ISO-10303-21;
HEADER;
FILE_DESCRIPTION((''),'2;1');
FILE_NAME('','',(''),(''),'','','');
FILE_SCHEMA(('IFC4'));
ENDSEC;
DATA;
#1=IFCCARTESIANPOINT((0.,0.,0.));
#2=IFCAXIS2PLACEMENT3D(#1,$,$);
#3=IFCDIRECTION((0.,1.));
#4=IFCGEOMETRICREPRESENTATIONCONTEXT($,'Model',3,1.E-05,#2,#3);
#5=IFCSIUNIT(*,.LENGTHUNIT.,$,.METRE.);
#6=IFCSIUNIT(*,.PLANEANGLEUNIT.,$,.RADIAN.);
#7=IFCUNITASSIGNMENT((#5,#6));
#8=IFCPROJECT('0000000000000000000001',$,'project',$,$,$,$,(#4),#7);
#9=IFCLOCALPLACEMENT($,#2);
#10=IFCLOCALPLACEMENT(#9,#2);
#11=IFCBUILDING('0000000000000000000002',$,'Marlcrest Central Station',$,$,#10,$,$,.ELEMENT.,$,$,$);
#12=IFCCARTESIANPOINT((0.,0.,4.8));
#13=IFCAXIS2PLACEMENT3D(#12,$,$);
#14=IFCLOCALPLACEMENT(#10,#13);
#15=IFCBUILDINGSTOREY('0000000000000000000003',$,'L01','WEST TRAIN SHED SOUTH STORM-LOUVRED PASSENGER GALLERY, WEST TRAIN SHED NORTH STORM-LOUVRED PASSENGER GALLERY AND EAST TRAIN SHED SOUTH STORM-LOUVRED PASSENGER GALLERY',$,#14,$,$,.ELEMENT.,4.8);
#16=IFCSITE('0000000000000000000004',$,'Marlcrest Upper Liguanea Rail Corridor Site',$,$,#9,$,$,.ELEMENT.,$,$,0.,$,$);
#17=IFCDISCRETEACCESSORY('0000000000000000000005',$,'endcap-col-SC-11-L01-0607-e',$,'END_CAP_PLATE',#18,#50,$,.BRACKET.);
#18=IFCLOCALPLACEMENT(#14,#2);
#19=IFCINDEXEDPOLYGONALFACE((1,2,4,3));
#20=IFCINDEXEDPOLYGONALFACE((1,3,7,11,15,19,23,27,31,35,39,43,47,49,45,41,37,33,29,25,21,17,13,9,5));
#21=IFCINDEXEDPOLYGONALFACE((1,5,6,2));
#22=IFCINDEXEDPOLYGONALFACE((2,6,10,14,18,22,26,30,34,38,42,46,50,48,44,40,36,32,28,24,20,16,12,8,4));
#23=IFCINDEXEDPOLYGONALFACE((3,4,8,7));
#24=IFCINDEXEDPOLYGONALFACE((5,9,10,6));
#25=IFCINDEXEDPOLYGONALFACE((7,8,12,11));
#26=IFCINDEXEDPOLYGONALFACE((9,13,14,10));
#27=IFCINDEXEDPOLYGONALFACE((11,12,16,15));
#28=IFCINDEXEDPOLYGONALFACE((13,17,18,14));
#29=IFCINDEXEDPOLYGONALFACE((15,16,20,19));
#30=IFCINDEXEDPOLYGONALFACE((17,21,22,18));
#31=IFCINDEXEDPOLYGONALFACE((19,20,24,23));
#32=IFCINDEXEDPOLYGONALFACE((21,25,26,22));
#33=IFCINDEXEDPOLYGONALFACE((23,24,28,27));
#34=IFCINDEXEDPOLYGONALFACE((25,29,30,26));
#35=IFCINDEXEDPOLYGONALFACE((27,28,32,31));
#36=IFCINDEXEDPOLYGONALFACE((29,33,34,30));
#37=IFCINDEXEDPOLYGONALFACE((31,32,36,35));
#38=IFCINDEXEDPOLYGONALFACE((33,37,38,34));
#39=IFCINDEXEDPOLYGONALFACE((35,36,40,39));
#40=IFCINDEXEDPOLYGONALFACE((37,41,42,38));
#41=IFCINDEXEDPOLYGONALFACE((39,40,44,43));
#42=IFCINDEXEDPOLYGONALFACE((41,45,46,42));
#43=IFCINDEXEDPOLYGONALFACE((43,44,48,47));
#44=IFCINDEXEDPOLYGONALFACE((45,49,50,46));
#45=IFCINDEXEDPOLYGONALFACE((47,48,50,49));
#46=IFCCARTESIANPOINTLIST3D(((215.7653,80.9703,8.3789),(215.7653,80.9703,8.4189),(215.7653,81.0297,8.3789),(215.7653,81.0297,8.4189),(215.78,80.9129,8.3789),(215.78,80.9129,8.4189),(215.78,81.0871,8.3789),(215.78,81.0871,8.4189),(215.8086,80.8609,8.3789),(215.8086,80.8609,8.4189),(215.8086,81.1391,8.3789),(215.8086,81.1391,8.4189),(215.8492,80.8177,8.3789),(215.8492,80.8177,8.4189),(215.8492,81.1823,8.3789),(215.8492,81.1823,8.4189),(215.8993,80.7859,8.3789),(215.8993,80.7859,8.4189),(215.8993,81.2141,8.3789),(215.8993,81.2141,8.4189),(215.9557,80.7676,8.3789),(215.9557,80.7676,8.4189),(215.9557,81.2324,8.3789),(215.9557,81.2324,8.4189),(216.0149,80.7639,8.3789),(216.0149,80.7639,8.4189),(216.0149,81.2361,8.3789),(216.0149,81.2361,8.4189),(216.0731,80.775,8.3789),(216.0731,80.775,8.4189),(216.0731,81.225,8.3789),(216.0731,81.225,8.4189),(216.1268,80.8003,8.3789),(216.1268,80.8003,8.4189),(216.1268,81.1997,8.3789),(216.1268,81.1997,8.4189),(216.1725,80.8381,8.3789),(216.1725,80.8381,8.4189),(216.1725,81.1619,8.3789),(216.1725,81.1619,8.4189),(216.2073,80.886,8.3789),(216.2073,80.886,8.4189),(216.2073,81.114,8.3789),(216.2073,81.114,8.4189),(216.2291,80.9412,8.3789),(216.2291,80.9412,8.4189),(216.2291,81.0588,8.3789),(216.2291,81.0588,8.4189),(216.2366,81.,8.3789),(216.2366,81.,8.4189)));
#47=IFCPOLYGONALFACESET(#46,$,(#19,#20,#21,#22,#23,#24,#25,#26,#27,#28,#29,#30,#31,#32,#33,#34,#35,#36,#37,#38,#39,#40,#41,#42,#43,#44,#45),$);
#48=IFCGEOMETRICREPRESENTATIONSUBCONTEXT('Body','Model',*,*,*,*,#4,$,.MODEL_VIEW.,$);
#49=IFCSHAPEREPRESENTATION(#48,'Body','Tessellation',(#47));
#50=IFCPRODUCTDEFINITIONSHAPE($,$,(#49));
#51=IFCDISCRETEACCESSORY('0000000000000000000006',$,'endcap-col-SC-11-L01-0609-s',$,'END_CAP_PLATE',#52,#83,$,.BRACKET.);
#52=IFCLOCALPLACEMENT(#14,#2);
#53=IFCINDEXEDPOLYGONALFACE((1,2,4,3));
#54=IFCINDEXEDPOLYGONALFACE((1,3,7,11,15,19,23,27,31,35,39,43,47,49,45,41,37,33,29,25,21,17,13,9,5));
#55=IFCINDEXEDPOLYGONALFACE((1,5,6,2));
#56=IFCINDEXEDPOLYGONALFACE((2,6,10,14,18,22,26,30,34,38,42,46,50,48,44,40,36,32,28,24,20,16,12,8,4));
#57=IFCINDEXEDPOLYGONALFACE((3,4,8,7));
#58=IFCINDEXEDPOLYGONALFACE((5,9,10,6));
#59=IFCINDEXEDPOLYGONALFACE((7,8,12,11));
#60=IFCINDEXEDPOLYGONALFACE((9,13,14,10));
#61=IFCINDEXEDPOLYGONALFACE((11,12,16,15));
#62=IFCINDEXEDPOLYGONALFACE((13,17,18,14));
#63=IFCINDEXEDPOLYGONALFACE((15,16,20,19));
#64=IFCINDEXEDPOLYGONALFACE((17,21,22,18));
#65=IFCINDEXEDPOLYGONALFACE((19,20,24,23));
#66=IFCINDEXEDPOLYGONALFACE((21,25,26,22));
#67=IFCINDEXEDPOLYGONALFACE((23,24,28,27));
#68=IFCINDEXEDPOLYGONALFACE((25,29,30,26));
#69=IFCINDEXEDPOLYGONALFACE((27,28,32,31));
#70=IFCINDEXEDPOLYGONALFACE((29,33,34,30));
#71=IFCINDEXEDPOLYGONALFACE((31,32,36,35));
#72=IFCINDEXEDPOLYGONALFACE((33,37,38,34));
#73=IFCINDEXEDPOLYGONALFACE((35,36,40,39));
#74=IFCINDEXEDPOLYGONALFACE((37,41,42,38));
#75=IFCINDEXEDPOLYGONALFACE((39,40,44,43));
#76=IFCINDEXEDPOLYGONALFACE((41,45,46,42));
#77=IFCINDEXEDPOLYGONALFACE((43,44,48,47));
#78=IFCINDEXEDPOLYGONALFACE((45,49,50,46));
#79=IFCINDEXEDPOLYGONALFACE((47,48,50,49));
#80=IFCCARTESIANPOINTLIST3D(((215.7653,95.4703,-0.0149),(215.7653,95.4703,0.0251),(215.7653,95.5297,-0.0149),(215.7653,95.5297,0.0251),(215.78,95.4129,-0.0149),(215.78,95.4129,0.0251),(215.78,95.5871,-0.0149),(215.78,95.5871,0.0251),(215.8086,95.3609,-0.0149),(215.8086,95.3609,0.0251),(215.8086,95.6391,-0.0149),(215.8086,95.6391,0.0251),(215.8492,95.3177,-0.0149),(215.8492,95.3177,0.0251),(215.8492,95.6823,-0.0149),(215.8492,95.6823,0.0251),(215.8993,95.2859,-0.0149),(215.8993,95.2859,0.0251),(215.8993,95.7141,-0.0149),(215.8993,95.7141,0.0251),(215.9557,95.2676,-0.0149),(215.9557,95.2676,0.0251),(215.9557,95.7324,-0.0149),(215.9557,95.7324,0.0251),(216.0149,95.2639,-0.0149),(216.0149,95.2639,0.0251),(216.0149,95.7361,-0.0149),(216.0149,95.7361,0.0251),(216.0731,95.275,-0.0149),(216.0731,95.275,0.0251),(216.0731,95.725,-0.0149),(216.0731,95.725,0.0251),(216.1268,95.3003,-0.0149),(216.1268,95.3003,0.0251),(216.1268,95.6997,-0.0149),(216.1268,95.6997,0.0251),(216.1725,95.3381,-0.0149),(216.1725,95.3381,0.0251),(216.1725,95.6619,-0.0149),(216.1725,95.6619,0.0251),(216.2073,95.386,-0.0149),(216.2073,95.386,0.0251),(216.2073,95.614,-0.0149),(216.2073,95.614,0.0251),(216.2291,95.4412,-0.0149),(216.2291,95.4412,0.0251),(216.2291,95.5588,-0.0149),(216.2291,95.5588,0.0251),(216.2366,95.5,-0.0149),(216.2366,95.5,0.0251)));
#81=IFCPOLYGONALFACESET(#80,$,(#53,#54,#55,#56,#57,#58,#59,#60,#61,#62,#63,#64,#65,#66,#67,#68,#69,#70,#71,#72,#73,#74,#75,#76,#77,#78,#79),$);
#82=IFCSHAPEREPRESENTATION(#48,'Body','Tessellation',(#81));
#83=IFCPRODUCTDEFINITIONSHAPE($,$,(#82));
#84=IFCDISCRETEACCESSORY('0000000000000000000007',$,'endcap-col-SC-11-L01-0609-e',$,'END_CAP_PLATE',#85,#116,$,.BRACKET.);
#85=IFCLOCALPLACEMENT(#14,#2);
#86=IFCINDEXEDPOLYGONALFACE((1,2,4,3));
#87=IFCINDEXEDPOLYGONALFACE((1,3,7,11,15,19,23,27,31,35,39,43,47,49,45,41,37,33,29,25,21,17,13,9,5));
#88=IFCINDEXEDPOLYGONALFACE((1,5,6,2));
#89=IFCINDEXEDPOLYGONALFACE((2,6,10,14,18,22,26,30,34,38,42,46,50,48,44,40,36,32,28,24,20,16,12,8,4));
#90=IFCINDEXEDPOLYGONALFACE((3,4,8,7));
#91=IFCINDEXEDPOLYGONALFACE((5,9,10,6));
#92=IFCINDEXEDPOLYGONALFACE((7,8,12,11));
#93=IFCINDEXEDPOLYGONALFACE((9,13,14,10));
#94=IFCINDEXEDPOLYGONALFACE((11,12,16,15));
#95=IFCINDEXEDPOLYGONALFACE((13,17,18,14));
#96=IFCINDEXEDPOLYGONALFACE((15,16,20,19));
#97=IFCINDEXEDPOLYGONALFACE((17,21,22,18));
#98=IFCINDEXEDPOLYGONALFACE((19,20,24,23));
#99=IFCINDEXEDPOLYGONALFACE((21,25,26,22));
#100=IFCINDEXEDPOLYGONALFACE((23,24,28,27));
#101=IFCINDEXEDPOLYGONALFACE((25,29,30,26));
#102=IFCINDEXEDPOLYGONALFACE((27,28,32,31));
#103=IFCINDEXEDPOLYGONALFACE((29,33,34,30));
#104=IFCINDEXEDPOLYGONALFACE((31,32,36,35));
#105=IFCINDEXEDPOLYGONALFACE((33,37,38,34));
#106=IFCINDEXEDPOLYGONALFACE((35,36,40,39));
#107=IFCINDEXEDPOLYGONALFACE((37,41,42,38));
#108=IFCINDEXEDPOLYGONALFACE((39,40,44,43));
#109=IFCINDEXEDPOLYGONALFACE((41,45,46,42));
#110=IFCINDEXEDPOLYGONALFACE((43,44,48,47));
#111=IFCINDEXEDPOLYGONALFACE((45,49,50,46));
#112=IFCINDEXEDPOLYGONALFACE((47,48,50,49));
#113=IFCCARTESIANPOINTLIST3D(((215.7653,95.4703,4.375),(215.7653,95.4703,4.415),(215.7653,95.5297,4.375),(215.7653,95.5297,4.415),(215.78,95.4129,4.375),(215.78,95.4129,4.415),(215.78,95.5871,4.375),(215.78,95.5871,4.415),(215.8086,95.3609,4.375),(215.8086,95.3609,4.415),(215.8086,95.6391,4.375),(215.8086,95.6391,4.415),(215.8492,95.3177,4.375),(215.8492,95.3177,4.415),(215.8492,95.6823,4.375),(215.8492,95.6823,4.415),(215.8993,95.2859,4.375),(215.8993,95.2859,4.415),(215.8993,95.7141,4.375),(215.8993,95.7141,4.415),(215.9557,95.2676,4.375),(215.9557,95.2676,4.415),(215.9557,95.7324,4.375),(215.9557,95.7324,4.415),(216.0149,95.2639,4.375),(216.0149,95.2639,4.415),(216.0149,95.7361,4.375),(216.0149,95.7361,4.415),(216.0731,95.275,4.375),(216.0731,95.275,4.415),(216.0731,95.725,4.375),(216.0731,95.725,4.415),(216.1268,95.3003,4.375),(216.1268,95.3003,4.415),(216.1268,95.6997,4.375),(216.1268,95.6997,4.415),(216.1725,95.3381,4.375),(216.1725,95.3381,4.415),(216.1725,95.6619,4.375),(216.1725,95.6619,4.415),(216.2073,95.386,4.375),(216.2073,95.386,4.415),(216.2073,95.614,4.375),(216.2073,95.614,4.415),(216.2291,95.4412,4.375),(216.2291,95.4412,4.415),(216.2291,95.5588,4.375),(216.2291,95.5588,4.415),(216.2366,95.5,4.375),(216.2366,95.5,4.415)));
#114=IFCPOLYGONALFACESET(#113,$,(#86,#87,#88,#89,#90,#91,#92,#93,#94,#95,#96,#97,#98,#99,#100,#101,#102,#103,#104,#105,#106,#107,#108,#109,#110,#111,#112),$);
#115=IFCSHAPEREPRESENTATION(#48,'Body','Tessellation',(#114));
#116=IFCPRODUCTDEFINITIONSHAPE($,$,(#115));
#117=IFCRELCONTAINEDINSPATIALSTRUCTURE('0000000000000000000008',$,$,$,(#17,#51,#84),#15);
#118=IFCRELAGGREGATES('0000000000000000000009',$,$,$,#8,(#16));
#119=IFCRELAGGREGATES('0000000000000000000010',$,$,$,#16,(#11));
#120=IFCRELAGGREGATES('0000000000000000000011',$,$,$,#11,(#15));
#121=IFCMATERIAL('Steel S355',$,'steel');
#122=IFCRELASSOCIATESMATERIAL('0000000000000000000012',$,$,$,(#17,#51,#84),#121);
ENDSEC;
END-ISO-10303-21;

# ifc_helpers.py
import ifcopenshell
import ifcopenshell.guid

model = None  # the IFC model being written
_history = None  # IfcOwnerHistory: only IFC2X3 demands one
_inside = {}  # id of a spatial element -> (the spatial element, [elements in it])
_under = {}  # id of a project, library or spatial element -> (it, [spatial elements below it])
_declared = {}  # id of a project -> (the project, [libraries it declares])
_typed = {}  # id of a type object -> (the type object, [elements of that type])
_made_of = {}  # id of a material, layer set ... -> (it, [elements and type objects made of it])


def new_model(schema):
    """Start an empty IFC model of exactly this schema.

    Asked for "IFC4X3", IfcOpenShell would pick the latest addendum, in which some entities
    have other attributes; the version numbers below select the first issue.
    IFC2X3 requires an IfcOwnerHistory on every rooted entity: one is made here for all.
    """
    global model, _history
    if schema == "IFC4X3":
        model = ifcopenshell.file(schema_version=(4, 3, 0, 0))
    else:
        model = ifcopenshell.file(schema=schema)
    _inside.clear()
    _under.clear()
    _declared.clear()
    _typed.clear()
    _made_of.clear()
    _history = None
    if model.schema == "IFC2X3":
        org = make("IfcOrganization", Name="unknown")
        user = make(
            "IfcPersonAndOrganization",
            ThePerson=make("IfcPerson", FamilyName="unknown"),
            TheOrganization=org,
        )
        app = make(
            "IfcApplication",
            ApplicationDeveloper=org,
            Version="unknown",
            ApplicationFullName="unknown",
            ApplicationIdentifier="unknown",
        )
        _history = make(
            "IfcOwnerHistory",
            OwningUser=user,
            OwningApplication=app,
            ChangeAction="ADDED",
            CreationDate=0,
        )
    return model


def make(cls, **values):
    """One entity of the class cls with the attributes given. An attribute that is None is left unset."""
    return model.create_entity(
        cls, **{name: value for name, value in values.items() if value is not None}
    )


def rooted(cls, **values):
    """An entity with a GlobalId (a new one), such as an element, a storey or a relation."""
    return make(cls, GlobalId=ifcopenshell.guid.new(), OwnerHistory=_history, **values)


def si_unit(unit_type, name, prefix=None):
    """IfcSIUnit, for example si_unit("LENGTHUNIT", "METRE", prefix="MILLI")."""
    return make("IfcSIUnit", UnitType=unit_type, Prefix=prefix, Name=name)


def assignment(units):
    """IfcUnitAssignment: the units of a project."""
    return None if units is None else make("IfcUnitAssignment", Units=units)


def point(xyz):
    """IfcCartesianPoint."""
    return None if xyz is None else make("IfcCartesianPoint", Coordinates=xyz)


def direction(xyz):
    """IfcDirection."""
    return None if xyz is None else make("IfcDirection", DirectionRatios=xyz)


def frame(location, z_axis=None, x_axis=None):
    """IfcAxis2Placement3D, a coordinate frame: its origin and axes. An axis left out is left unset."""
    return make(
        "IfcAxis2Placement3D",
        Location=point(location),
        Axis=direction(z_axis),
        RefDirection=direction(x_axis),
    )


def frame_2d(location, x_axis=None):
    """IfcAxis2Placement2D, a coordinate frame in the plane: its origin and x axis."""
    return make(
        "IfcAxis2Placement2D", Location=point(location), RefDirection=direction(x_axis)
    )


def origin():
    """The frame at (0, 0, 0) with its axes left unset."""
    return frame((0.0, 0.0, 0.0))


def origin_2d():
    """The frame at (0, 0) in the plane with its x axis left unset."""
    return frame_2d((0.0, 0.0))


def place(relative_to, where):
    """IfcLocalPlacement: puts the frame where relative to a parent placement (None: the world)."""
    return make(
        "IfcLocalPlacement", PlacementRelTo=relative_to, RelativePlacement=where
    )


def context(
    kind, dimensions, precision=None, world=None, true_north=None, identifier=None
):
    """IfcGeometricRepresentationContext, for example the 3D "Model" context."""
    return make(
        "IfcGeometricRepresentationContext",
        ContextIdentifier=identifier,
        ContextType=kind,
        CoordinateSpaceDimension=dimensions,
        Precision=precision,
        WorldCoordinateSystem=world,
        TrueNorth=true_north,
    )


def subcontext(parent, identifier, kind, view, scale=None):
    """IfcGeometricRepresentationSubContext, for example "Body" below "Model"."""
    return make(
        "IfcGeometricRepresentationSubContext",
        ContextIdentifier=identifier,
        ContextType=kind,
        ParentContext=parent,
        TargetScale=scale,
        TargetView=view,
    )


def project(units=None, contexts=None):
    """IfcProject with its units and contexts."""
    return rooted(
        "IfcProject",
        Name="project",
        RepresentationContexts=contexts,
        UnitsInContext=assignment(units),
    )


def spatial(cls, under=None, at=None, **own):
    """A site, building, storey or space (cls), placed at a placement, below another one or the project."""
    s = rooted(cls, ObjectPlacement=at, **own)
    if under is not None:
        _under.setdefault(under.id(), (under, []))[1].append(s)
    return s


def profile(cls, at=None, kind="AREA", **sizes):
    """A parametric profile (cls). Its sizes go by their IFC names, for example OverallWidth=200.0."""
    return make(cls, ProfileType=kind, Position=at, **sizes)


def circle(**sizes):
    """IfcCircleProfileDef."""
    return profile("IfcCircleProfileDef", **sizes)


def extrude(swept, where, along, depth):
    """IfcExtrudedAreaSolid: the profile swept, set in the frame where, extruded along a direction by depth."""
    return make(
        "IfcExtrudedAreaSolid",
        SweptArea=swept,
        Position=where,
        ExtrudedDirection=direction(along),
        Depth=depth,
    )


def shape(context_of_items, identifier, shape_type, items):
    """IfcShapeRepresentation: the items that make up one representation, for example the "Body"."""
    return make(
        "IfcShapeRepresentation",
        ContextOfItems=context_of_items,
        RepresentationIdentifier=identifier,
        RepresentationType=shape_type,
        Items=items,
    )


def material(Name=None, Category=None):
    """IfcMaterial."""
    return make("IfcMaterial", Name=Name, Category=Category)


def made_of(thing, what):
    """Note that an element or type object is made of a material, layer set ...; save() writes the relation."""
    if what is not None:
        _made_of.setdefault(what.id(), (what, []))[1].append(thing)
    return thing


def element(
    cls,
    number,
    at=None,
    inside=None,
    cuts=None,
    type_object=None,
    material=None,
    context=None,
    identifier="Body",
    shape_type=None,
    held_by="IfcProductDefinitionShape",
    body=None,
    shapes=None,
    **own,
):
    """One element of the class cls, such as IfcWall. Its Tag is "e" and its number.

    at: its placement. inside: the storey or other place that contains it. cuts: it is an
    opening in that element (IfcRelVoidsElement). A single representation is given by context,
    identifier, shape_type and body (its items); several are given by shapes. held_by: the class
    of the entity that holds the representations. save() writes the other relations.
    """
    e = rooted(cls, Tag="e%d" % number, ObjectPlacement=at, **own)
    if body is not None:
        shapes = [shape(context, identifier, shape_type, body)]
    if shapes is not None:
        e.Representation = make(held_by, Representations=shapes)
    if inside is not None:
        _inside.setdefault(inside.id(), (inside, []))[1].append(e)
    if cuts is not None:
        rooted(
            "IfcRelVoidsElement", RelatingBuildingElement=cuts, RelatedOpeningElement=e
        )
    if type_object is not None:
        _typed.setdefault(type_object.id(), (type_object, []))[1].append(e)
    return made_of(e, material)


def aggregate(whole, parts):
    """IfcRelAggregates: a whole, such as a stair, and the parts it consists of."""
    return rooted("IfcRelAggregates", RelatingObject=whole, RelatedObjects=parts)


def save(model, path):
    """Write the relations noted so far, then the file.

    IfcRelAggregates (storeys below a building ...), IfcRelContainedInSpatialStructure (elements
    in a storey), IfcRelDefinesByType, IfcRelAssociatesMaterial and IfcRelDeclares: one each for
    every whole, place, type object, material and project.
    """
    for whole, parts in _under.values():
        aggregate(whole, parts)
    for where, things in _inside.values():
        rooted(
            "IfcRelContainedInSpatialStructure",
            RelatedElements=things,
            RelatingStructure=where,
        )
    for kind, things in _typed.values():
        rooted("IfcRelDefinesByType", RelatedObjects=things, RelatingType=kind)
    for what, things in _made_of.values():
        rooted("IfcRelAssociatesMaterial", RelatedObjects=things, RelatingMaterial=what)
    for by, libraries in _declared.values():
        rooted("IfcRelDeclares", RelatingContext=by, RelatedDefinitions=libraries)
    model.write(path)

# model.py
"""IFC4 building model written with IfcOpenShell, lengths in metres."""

from ifc_helpers import new_model, si_unit, direction, frame, origin, origin_2d, place, context, subcontext, project, spatial, circle, extrude, material, element, save


model = new_model("IFC4")

# Units and contexts
model_context = context("Model", 3, precision=1e-05, world=origin(), true_north=direction((0.0, 1.0)))
body_context = subcontext(model_context, "Body", "Model", "MODEL_VIEW")
ifc_project = project(units=[si_unit("LENGTHUNIT", "METRE"), si_unit("PLANEANGLEUNIT", "RADIAN")], contexts=[model_context])

# Site, building, storey
site_placement = place(None, origin())
site = spatial("IfcSite", under=ifc_project, at=site_placement, Name="Marlcrest Upper Liguanea Rail Corridor Site", CompositionType="ELEMENT", RefElevation=0.0)
building_placement = place(site_placement, origin())
building = spatial("IfcBuilding", under=site, at=building_placement, Name="Marlcrest Central Station", CompositionType="ELEMENT")
storey_placement = place(building_placement, frame((0.0, 0.0, 4.8)))
storey = spatial("IfcBuildingStorey", under=building, at=storey_placement, Name="L01", Description="WEST TRAIN SHED SOUTH STORM-LOUVRED PASSENGER GALLERY, WEST TRAIN SHED NORTH STORM-LOUVRED PASSENGER GALLERY AND EAST TRAIN SHED SOUTH STORM-LOUVRED PASSENGER GALLERY", CompositionType="ELEMENT", Elevation=4.8)

# Shared definitions
ifc_material_1 = material(Name="Steel S355", Category="steel")

# Discrete accessories
for number, where, z_axis, x_axis, name in (
    (1, (216.0, 81.0, 8.3789), (0.0, 0.0, 1.0), (1.0, 0.0, 0.0), "endcap-col-SC-11-L01-0607-e"),
    (2, (216.0, 95.5, -0.0149), (0.0, 0.0, 1.0), (1.0, 0.0, 0.0), "endcap-col-SC-11-L01-0609-s"),
    (3, (216.0, 95.5, 4.375), (0.0, 0.0, 1.0), (1.0, 0.0, 0.0), "endcap-col-SC-11-L01-0609-e"),
):
    element("IfcDiscreteAccessory", number, at=place(storey_placement, frame(where, z_axis=z_axis, x_axis=x_axis)), inside=storey, material=ifc_material_1, Name=name, ObjectType="END_CAP_PLATE", PredefinedType="BRACKET", context=body_context, shape_type="SweptSolid", body=[
        extrude(circle(Radius=0.2366, at=origin_2d()), origin(), (0.0, 0.0, 1.0), 0.04),
    ])

save(model, "model.ifc")
